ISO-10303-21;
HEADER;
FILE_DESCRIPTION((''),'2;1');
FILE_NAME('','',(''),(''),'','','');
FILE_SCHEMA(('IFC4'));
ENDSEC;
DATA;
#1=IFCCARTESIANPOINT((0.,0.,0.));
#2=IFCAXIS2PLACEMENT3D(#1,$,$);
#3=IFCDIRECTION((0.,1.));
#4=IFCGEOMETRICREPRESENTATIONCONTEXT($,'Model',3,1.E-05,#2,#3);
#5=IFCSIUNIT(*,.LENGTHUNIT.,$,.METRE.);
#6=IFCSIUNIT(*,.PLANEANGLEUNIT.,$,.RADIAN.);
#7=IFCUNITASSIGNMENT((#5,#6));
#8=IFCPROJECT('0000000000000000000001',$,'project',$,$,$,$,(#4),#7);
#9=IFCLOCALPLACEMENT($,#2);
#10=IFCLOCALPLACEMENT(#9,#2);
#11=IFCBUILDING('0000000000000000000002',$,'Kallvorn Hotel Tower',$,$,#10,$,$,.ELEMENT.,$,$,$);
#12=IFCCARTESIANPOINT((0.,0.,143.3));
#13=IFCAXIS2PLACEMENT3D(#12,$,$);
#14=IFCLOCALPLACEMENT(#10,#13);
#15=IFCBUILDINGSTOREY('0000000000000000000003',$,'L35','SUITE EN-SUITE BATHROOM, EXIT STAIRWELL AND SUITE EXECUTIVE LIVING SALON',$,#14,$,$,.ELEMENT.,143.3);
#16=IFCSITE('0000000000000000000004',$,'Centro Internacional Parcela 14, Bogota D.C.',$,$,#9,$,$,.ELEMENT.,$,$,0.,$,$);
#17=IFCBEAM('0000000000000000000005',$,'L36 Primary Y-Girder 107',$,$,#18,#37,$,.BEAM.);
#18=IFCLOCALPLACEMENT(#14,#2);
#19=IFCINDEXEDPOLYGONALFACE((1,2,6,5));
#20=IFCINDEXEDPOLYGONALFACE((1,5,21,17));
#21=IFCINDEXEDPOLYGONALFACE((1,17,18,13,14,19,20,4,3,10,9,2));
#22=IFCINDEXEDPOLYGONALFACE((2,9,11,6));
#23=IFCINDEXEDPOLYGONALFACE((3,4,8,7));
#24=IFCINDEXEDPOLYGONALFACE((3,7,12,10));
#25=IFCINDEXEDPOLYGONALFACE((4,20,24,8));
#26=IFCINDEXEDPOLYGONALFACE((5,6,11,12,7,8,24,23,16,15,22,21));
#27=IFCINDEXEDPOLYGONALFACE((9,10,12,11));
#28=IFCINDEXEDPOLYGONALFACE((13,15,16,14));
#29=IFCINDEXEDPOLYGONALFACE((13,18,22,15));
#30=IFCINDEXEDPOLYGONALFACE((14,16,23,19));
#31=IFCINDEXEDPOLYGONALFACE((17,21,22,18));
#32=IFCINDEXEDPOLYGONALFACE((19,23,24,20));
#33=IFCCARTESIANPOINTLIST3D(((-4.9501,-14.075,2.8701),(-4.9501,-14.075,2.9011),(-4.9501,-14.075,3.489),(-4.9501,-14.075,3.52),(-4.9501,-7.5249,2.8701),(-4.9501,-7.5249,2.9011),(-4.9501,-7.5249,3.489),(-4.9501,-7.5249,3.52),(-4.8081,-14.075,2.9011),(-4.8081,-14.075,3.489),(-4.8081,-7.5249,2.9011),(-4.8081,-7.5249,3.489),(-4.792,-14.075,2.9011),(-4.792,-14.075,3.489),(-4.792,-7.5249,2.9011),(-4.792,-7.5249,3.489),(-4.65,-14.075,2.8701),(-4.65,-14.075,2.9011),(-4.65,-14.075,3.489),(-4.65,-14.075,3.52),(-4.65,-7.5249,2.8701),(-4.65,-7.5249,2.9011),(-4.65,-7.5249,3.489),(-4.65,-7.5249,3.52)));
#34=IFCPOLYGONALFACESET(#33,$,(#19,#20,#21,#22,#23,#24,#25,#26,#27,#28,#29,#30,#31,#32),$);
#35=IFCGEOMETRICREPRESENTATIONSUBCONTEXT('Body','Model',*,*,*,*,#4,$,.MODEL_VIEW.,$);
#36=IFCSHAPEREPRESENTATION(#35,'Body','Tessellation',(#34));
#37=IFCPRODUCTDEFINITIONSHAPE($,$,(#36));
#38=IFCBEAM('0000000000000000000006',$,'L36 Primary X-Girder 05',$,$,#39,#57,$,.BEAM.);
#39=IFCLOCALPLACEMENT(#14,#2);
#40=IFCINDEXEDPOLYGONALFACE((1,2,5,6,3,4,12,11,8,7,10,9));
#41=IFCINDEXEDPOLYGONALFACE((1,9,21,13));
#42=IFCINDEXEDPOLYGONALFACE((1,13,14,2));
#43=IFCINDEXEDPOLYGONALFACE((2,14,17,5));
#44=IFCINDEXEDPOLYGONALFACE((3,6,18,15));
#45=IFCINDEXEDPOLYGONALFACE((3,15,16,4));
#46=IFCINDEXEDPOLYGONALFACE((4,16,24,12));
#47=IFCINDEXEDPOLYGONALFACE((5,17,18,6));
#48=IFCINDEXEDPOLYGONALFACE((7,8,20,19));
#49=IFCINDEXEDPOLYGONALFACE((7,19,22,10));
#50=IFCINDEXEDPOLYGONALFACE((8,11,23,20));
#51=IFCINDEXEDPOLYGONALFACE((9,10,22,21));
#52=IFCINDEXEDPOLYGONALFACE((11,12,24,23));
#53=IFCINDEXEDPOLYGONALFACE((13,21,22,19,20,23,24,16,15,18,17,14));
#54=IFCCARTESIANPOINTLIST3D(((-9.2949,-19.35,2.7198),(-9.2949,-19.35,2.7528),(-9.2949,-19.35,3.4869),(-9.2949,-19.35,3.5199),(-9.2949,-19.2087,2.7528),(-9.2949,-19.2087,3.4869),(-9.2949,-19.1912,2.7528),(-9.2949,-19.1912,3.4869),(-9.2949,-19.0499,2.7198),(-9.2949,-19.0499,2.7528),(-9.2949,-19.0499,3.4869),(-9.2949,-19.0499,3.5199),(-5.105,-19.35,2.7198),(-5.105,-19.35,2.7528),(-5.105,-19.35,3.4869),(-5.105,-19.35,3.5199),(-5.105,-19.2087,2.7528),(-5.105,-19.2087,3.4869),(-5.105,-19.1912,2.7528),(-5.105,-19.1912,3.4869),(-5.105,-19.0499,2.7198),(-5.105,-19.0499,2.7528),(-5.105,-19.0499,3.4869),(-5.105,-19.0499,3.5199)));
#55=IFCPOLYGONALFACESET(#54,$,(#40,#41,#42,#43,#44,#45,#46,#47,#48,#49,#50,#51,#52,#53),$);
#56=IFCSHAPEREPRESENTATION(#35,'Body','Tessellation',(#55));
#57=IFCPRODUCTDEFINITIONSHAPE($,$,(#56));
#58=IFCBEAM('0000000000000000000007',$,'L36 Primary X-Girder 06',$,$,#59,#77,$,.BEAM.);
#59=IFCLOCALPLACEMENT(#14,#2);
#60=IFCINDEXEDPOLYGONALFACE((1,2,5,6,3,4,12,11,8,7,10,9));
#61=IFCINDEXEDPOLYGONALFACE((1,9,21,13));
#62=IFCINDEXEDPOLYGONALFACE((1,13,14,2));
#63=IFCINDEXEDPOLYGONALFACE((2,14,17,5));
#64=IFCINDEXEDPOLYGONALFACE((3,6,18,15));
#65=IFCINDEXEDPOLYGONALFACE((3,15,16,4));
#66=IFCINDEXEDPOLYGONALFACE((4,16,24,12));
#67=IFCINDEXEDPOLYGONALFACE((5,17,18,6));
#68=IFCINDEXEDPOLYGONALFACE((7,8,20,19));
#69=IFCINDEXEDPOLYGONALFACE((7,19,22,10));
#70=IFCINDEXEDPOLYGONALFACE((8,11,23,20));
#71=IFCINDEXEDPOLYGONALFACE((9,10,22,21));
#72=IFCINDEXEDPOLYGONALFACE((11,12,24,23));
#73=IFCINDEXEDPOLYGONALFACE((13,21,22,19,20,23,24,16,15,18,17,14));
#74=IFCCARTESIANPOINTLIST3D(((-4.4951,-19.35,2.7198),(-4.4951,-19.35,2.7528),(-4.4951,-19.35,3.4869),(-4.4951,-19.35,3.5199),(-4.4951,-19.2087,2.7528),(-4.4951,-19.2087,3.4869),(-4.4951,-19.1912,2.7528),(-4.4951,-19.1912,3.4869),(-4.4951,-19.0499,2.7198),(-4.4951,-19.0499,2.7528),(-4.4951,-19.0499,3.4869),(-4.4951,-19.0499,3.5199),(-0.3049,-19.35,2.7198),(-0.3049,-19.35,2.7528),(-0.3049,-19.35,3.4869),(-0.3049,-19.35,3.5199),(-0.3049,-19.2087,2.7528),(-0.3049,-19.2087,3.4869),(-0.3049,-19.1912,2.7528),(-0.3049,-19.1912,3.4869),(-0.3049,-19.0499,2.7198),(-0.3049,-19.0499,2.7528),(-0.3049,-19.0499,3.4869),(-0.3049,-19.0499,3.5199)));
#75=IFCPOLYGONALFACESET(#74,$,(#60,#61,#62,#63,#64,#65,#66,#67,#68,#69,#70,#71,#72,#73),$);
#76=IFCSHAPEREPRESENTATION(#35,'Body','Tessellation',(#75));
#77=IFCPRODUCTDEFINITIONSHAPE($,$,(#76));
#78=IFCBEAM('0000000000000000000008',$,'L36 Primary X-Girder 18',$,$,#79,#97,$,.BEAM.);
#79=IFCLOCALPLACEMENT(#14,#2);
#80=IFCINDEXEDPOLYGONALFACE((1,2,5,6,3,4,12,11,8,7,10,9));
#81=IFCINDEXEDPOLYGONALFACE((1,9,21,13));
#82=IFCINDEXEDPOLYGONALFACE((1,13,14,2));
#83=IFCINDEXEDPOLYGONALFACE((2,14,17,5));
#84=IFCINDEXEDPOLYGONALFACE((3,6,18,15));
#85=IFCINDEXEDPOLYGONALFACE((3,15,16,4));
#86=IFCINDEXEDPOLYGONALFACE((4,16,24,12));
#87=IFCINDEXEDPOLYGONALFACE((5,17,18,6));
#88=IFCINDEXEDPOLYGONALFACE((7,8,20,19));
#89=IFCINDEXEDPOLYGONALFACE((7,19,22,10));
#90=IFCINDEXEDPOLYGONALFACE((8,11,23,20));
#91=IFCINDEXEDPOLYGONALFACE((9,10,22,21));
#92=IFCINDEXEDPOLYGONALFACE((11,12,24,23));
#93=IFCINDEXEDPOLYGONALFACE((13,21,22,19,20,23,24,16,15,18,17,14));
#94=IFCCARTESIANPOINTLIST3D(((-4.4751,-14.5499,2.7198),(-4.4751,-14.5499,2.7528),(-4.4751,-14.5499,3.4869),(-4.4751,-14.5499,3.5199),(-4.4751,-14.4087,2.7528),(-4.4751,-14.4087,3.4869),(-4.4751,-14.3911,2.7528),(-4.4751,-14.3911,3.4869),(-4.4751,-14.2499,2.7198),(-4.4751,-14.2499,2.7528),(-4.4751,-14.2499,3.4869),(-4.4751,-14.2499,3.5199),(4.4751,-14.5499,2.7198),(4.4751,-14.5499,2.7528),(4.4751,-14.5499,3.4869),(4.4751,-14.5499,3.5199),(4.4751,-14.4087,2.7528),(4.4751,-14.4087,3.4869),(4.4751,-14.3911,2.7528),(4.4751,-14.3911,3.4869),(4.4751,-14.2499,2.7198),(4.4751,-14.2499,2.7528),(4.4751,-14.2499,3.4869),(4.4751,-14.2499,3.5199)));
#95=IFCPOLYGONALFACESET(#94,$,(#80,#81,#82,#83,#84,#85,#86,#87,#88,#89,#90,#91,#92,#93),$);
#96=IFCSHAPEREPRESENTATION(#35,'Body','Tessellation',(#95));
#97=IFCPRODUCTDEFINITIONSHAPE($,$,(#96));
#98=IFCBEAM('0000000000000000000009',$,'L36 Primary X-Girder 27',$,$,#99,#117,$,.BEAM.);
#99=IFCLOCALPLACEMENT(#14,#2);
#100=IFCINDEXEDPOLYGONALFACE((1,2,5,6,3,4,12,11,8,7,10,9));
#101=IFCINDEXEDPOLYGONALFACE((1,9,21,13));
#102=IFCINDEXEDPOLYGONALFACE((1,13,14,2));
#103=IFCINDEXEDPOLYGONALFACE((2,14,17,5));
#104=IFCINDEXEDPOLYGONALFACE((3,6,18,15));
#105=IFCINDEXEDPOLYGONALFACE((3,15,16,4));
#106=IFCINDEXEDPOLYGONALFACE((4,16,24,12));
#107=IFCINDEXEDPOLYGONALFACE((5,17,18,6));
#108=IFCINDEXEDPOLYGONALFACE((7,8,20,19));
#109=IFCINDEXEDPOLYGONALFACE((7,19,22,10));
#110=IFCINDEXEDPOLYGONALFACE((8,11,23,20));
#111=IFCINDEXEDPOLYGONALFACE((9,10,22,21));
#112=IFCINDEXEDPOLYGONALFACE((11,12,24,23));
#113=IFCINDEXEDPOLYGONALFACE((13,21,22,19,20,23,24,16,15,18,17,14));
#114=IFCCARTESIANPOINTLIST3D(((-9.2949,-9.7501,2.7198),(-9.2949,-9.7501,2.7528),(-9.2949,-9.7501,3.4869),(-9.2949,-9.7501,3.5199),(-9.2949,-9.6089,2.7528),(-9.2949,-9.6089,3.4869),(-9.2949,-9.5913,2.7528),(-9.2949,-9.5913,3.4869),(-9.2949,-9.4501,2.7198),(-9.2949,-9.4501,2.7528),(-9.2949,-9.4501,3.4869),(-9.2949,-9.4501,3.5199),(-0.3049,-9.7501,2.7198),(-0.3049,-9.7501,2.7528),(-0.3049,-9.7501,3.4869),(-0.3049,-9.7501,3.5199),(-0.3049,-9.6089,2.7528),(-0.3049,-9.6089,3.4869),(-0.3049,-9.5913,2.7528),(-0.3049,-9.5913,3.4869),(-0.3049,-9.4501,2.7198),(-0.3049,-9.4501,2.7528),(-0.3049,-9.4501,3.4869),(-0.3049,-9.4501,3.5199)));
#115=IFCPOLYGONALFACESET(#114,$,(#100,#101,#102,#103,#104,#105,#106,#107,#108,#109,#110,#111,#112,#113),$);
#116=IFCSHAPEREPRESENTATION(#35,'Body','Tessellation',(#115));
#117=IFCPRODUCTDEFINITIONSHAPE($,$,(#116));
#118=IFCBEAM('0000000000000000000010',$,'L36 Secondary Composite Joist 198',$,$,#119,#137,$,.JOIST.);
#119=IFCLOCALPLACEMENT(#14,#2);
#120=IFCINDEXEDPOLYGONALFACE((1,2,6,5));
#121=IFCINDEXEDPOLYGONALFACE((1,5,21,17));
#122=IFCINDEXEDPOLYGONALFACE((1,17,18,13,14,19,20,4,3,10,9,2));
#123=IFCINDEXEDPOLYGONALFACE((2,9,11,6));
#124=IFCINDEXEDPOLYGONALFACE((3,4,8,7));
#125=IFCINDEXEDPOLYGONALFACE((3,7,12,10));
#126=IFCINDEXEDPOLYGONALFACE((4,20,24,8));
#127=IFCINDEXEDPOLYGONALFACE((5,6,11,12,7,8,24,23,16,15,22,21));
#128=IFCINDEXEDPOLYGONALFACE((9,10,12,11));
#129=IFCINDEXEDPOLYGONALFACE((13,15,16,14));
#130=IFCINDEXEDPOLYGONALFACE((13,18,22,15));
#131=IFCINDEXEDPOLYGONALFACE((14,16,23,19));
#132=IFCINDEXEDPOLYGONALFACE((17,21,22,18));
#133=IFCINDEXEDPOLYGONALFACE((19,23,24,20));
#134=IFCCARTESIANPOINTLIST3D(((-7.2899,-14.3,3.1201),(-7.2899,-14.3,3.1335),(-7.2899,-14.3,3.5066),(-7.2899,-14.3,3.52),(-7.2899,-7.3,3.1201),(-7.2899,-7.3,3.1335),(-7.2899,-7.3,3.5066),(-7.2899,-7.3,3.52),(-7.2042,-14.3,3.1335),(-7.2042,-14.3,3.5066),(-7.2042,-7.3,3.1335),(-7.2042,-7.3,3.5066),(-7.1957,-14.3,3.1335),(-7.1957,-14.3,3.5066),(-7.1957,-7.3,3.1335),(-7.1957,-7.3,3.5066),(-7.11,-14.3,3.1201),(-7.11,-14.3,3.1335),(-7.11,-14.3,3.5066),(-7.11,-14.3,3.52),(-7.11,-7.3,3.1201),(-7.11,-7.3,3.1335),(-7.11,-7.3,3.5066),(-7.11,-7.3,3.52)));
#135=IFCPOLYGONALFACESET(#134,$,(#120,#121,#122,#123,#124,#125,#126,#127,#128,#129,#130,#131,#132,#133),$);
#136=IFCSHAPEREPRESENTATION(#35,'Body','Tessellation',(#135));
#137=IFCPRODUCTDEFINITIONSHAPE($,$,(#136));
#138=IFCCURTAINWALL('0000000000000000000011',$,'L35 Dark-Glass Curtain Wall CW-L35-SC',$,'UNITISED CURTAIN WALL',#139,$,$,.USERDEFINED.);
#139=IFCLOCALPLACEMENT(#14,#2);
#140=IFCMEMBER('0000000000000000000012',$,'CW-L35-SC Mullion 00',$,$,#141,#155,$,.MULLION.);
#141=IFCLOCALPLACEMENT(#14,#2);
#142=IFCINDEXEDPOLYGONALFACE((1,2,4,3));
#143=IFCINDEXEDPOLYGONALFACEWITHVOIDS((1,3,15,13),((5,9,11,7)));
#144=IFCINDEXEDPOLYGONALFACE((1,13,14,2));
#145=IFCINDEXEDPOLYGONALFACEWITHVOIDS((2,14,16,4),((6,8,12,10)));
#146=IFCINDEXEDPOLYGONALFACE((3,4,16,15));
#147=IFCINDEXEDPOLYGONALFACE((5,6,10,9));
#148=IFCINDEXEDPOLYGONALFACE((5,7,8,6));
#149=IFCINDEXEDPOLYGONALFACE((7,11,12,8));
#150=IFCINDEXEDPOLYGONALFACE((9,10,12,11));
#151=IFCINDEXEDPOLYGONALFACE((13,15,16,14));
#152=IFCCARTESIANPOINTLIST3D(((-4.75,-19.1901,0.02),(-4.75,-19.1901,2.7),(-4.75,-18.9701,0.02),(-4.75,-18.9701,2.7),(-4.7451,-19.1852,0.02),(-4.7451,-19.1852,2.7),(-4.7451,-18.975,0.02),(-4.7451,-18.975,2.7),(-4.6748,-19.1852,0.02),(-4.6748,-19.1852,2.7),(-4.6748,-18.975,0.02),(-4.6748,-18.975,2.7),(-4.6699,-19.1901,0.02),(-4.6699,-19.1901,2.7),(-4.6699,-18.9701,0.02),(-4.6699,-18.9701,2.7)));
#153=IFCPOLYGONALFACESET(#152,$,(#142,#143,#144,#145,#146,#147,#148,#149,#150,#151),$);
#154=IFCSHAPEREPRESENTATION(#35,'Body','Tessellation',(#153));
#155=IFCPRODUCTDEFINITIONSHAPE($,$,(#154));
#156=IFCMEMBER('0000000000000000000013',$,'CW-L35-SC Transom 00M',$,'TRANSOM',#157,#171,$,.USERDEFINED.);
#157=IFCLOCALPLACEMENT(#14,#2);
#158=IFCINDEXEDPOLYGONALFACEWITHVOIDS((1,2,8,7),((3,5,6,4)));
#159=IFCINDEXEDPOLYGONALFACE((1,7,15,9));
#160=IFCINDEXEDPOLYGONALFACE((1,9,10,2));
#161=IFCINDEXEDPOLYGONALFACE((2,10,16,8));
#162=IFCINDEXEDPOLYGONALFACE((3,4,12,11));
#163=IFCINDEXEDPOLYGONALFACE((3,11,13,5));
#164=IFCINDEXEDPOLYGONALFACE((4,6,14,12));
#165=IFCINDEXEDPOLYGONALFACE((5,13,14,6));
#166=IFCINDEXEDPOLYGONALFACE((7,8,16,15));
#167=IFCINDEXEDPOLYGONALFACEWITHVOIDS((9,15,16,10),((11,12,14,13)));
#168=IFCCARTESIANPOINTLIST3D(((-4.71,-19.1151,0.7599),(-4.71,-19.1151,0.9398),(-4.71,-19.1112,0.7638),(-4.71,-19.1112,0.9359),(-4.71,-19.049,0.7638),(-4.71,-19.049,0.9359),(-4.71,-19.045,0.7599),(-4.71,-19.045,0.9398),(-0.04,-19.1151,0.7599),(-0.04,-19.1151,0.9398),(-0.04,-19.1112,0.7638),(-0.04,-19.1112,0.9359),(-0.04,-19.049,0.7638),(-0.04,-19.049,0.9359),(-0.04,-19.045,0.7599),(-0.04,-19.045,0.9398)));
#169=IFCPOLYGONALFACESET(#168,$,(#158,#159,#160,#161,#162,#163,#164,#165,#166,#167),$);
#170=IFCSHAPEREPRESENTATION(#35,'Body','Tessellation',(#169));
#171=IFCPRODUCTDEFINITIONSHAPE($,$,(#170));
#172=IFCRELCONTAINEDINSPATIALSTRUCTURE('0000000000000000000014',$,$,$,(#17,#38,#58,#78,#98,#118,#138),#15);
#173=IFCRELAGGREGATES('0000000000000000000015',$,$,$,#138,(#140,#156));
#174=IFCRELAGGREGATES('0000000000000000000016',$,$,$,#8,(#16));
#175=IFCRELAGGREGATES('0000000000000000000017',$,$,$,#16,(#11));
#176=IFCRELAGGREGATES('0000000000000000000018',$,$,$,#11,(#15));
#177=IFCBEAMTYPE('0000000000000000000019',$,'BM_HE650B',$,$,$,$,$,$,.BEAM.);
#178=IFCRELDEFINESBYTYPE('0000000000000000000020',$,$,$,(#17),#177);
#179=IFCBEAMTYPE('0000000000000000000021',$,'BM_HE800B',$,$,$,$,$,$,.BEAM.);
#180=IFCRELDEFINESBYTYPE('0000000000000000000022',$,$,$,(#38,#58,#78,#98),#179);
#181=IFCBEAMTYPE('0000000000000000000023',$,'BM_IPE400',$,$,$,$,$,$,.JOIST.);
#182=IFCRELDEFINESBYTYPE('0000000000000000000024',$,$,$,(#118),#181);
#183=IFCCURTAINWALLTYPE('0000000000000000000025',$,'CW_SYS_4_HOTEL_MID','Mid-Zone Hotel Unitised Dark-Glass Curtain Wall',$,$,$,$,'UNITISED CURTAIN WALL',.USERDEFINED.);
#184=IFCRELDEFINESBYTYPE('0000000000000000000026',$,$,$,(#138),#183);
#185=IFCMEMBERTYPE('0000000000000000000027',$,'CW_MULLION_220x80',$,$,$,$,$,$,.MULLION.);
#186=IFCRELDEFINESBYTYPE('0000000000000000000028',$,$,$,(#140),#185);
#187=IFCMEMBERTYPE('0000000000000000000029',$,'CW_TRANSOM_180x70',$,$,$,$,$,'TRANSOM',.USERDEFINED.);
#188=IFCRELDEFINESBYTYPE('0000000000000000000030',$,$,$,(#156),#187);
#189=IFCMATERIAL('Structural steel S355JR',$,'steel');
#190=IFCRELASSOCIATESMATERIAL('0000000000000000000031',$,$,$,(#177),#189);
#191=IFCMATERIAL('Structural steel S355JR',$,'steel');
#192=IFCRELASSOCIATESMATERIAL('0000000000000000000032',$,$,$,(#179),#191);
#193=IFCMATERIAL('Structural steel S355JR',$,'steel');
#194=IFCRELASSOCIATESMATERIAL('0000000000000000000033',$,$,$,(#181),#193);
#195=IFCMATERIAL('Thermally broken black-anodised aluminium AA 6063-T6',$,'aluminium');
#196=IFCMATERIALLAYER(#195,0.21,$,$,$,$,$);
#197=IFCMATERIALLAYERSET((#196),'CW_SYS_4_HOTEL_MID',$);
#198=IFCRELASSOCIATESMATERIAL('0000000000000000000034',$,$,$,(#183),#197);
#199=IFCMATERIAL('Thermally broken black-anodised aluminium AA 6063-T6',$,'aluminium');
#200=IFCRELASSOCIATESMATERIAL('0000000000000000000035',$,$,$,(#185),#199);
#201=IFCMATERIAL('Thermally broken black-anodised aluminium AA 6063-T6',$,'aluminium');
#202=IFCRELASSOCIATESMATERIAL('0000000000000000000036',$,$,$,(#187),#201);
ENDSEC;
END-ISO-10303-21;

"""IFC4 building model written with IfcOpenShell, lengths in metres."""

from ifc_helpers import new_model, si_unit, direction, frame, origin, origin_2d, place, context, subcontext, project, spatial, hollow_rectangle, i_section, extrude, material, layer, layer_set, material_profile, profile_set, type_object, element, aggregate, save


model = new_model("IFC4")

# Units and contexts
model_context = context("Model", 3, precision=1e-05, world=origin(), true_north=direction((0.0, 1.0)))
body_context = subcontext(model_context, "Body", "Model", "MODEL_VIEW")
ifc_project = project(units=[si_unit("LENGTHUNIT", "METRE"), si_unit("PLANEANGLEUNIT", "RADIAN")], contexts=[model_context])

# Site, building, storey
site_placement = place(None, origin())
site = spatial("IfcSite", under=ifc_project, at=site_placement, Name="Centro Internacional Parcela 14, Bogota D.C.", CompositionType="ELEMENT", RefElevation=0.0)
building_placement = place(site_placement, origin())
building = spatial("IfcBuilding", under=site, at=building_placement, Name="Kallvorn Hotel Tower", CompositionType="ELEMENT")
storey_placement = place(building_placement, frame((0.0, 0.0, 143.3)))
storey = spatial("IfcBuildingStorey", under=building, at=storey_placement, Name="L35", Description="SUITE EN-SUITE BATHROOM, EXIT STAIRWELL AND SUITE EXECUTIVE LIVING SALON", CompositionType="ELEMENT", Elevation=143.3)

# Beams
ifc_material_1 = material(Name="Structural steel S355JR", Category="steel")
ifc_material_profile_1 = material_profile(ifc_material_1, i_section(OverallWidth=0.3, OverallDepth=0.6499, WebThickness=0.0161, FlangeThickness=0.031, at=origin_2d()), Name="HE 650 B")
ifc_profile_set_1 = profile_set([ifc_material_profile_1], Name="Structural steel S355JR")
beam_type_1 = type_object("IfcBeamType", Name="BM_HE650B", PredefinedType="BEAM", material=ifc_profile_set_1)
beam_1_placement = place(storey_placement, frame((-4.8, -14.075, 3.1951), z_axis=(0.0, 1.0, 0.0), x_axis=(-1.0, 0.0, 0.0)))
element("IfcBeam", 1, at=beam_1_placement, inside=storey, type_object=beam_type_1, Name="L36 Primary Y-Girder 107", PredefinedType="BEAM", context=body_context, shape_type="SweptSolid", body=[
    extrude(i_section(OverallWidth=0.3, OverallDepth=0.6499, WebThickness=0.0161, FlangeThickness=0.031, at=origin_2d()), origin(), (0.0, 0.0, 1.0), 6.55),
])
ifc_material_2 = material(Name="Structural steel S355JR", Category="steel")
ifc_material_profile_2 = material_profile(ifc_material_2, i_section(OverallWidth=0.3, OverallDepth=0.8, WebThickness=0.0176, FlangeThickness=0.033, at=origin_2d()), Name="HE 800 B")
ifc_profile_set_2 = profile_set([ifc_material_profile_2], Name="Structural steel S355JR")
beam_type_2 = type_object("IfcBeamType", Name="BM_HE800B", PredefinedType="BEAM", material=ifc_profile_set_2)
beam_2_placement = place(storey_placement, frame((-9.2949, -19.2, 3.1199), z_axis=(1.0, 0.0, 0.0), x_axis=(0.0, 1.0, 0.0)))
element("IfcBeam", 2, at=beam_2_placement, inside=storey, type_object=beam_type_2, Name="L36 Primary X-Girder 05", PredefinedType="BEAM", context=body_context, shape_type="SweptSolid", body=[
    extrude(i_section(OverallWidth=0.3, OverallDepth=0.8, WebThickness=0.0176, FlangeThickness=0.033, at=origin_2d()), origin(), (0.0, 0.0, 1.0), 4.1899),
])
beam_3_placement = place(storey_placement, frame((-4.4951, -19.2, 3.1199), z_axis=(1.0, 0.0, 0.0), x_axis=(0.0, 1.0, 0.0)))
element("IfcBeam", 3, at=beam_3_placement, inside=storey, type_object=beam_type_2, Name="L36 Primary X-Girder 06", PredefinedType="BEAM", context=body_context, shape_type="SweptSolid", body=[
    extrude(i_section(OverallWidth=0.3, OverallDepth=0.8, WebThickness=0.0176, FlangeThickness=0.033, at=origin_2d()), origin(), (0.0, 0.0, 1.0), 4.1902),
])
beam_4_placement = place(storey_placement, frame((-4.4751, -14.3999, 3.1199), z_axis=(1.0, 0.0, 0.0), x_axis=(0.0, 1.0, 0.0)))
element("IfcBeam", 4, at=beam_4_placement, inside=storey, type_object=beam_type_2, Name="L36 Primary X-Girder 18", PredefinedType="BEAM", context=body_context, shape_type="SweptSolid", body=[
    extrude(i_section(OverallWidth=0.3, OverallDepth=0.8, WebThickness=0.0176, FlangeThickness=0.033, at=origin_2d()), origin(), (0.0, 0.0, 1.0), 8.9502),
])
beam_5_placement = place(storey_placement, frame((-9.2949, -9.6001, 3.1199), z_axis=(1.0, 0.0, 0.0), x_axis=(0.0, 1.0, 0.0)))
element("IfcBeam", 5, at=beam_5_placement, inside=storey, type_object=beam_type_2, Name="L36 Primary X-Girder 27", PredefinedType="BEAM", context=body_context, shape_type="SweptSolid", body=[
    extrude(i_section(OverallWidth=0.3, OverallDepth=0.8, WebThickness=0.0176, FlangeThickness=0.033, at=origin_2d()), origin(), (0.0, 0.0, 1.0), 8.99),
])
ifc_material_3 = material(Name="Structural steel S355JR", Category="steel")
ifc_material_profile_3 = material_profile(ifc_material_3, i_section(OverallWidth=0.1799, OverallDepth=0.3999, WebThickness=0.0085, FlangeThickness=0.0134, at=origin_2d()), Name="IPE 400")
ifc_profile_set_3 = profile_set([ifc_material_profile_3], Name="Structural steel S355JR")
beam_type_3 = type_object("IfcBeamType", Name="BM_IPE400", PredefinedType="JOIST", material=ifc_profile_set_3)
beam_6_placement = place(storey_placement, frame((-7.2, -14.3, 3.3201), z_axis=(0.0, 1.0, 0.0), x_axis=(-1.0, 0.0, 0.0)))
element("IfcBeam", 6, at=beam_6_placement, inside=storey, type_object=beam_type_3, Name="L36 Secondary Composite Joist 198", PredefinedType="JOIST", context=body_context, shape_type="SweptSolid", body=[
    extrude(i_section(OverallWidth=0.1799, OverallDepth=0.3999, WebThickness=0.0085, FlangeThickness=0.0134, at=origin_2d()), origin(), (0.0, 0.0, 1.0), 7.0),
])

# Curtain wall, members
ifc_material_4 = material(Name="Thermally broken black-anodised aluminium AA 6063-T6", Category="aluminium")
ifc_layer_1 = layer(ifc_material_4, 0.21)
ifc_layer_set_1 = layer_set([ifc_layer_1], Name="CW_SYS_4_HOTEL_MID")
curtain_wall_type = type_object("IfcCurtainWallType", Name="CW_SYS_4_HOTEL_MID", Description="Mid-Zone Hotel Unitised Dark-Glass Curtain Wall", ElementType="UNITISED CURTAIN WALL", PredefinedType="USERDEFINED", material=ifc_layer_set_1)
curtain_wall_placement = place(storey_placement, origin())
curtain_wall = element("IfcCurtainWall", 7, at=curtain_wall_placement, inside=storey, type_object=curtain_wall_type, Name="L35 Dark-Glass Curtain Wall CW-L35-SC", ObjectType="UNITISED CURTAIN WALL", PredefinedType="USERDEFINED")
ifc_material_5 = material(Name="Thermally broken black-anodised aluminium AA 6063-T6", Category="aluminium")
ifc_material_profile_4 = material_profile(ifc_material_5, hollow_rectangle(XDim=0.0801, YDim=0.22, WallThickness=0.0049, at=origin_2d()), Name="MUL 220x80")
ifc_profile_set_4 = profile_set([ifc_material_profile_4], Name="Thermally broken black-anodised aluminium AA 6063-T6")
member_type_1 = type_object("IfcMemberType", Name="CW_MULLION_220x80", PredefinedType="MULLION", material=ifc_profile_set_4)
member_1_placement = place(storey_placement, frame((-4.71, -19.0801, 0.02), z_axis=(0.0, 0.0, 1.0), x_axis=(1.0, 0.0, 0.0)))
member_1 = element("IfcMember", 8, at=member_1_placement, type_object=member_type_1, Name="CW-L35-SC Mullion 00", PredefinedType="MULLION", context=body_context, shape_type="SweptSolid", body=[
    extrude(hollow_rectangle(XDim=0.0801, YDim=0.22, WallThickness=0.0049, at=origin_2d()), origin(), (0.0, 0.0, 1.0), 2.6799),
])
ifc_material_6 = material(Name="Thermally broken black-anodised aluminium AA 6063-T6", Category="aluminium")
ifc_material_profile_5 = material_profile(ifc_material_6, hollow_rectangle(XDim=0.0701, YDim=0.1799, WallThickness=0.0039, at=origin_2d()), Name="TRN 180x70")
ifc_profile_set_5 = profile_set([ifc_material_profile_5], Name="Thermally broken black-anodised aluminium AA 6063-T6")
member_type_2 = type_object("IfcMemberType", Name="CW_TRANSOM_180x70", ElementType="TRANSOM", PredefinedType="USERDEFINED", material=ifc_profile_set_5)
member_2_placement = place(storey_placement, frame((-4.71, -19.0801, 0.8499), z_axis=(1.0, 0.0, 0.0), x_axis=(0.0, 1.0, 0.0)))
member_2 = element("IfcMember", 9, at=member_2_placement, type_object=member_type_2, Name="CW-L35-SC Transom 00M", ObjectType="TRANSOM", PredefinedType="USERDEFINED", context=body_context, shape_type="SweptSolid", body=[
    extrude(hollow_rectangle(XDim=0.0701, YDim=0.1799, WallThickness=0.0039, at=origin_2d()), origin(), (0.0, 0.0, 1.0), 4.6699),
])
aggregate(curtain_wall, [member_1, member_2])

save(model, "model.ifc")
